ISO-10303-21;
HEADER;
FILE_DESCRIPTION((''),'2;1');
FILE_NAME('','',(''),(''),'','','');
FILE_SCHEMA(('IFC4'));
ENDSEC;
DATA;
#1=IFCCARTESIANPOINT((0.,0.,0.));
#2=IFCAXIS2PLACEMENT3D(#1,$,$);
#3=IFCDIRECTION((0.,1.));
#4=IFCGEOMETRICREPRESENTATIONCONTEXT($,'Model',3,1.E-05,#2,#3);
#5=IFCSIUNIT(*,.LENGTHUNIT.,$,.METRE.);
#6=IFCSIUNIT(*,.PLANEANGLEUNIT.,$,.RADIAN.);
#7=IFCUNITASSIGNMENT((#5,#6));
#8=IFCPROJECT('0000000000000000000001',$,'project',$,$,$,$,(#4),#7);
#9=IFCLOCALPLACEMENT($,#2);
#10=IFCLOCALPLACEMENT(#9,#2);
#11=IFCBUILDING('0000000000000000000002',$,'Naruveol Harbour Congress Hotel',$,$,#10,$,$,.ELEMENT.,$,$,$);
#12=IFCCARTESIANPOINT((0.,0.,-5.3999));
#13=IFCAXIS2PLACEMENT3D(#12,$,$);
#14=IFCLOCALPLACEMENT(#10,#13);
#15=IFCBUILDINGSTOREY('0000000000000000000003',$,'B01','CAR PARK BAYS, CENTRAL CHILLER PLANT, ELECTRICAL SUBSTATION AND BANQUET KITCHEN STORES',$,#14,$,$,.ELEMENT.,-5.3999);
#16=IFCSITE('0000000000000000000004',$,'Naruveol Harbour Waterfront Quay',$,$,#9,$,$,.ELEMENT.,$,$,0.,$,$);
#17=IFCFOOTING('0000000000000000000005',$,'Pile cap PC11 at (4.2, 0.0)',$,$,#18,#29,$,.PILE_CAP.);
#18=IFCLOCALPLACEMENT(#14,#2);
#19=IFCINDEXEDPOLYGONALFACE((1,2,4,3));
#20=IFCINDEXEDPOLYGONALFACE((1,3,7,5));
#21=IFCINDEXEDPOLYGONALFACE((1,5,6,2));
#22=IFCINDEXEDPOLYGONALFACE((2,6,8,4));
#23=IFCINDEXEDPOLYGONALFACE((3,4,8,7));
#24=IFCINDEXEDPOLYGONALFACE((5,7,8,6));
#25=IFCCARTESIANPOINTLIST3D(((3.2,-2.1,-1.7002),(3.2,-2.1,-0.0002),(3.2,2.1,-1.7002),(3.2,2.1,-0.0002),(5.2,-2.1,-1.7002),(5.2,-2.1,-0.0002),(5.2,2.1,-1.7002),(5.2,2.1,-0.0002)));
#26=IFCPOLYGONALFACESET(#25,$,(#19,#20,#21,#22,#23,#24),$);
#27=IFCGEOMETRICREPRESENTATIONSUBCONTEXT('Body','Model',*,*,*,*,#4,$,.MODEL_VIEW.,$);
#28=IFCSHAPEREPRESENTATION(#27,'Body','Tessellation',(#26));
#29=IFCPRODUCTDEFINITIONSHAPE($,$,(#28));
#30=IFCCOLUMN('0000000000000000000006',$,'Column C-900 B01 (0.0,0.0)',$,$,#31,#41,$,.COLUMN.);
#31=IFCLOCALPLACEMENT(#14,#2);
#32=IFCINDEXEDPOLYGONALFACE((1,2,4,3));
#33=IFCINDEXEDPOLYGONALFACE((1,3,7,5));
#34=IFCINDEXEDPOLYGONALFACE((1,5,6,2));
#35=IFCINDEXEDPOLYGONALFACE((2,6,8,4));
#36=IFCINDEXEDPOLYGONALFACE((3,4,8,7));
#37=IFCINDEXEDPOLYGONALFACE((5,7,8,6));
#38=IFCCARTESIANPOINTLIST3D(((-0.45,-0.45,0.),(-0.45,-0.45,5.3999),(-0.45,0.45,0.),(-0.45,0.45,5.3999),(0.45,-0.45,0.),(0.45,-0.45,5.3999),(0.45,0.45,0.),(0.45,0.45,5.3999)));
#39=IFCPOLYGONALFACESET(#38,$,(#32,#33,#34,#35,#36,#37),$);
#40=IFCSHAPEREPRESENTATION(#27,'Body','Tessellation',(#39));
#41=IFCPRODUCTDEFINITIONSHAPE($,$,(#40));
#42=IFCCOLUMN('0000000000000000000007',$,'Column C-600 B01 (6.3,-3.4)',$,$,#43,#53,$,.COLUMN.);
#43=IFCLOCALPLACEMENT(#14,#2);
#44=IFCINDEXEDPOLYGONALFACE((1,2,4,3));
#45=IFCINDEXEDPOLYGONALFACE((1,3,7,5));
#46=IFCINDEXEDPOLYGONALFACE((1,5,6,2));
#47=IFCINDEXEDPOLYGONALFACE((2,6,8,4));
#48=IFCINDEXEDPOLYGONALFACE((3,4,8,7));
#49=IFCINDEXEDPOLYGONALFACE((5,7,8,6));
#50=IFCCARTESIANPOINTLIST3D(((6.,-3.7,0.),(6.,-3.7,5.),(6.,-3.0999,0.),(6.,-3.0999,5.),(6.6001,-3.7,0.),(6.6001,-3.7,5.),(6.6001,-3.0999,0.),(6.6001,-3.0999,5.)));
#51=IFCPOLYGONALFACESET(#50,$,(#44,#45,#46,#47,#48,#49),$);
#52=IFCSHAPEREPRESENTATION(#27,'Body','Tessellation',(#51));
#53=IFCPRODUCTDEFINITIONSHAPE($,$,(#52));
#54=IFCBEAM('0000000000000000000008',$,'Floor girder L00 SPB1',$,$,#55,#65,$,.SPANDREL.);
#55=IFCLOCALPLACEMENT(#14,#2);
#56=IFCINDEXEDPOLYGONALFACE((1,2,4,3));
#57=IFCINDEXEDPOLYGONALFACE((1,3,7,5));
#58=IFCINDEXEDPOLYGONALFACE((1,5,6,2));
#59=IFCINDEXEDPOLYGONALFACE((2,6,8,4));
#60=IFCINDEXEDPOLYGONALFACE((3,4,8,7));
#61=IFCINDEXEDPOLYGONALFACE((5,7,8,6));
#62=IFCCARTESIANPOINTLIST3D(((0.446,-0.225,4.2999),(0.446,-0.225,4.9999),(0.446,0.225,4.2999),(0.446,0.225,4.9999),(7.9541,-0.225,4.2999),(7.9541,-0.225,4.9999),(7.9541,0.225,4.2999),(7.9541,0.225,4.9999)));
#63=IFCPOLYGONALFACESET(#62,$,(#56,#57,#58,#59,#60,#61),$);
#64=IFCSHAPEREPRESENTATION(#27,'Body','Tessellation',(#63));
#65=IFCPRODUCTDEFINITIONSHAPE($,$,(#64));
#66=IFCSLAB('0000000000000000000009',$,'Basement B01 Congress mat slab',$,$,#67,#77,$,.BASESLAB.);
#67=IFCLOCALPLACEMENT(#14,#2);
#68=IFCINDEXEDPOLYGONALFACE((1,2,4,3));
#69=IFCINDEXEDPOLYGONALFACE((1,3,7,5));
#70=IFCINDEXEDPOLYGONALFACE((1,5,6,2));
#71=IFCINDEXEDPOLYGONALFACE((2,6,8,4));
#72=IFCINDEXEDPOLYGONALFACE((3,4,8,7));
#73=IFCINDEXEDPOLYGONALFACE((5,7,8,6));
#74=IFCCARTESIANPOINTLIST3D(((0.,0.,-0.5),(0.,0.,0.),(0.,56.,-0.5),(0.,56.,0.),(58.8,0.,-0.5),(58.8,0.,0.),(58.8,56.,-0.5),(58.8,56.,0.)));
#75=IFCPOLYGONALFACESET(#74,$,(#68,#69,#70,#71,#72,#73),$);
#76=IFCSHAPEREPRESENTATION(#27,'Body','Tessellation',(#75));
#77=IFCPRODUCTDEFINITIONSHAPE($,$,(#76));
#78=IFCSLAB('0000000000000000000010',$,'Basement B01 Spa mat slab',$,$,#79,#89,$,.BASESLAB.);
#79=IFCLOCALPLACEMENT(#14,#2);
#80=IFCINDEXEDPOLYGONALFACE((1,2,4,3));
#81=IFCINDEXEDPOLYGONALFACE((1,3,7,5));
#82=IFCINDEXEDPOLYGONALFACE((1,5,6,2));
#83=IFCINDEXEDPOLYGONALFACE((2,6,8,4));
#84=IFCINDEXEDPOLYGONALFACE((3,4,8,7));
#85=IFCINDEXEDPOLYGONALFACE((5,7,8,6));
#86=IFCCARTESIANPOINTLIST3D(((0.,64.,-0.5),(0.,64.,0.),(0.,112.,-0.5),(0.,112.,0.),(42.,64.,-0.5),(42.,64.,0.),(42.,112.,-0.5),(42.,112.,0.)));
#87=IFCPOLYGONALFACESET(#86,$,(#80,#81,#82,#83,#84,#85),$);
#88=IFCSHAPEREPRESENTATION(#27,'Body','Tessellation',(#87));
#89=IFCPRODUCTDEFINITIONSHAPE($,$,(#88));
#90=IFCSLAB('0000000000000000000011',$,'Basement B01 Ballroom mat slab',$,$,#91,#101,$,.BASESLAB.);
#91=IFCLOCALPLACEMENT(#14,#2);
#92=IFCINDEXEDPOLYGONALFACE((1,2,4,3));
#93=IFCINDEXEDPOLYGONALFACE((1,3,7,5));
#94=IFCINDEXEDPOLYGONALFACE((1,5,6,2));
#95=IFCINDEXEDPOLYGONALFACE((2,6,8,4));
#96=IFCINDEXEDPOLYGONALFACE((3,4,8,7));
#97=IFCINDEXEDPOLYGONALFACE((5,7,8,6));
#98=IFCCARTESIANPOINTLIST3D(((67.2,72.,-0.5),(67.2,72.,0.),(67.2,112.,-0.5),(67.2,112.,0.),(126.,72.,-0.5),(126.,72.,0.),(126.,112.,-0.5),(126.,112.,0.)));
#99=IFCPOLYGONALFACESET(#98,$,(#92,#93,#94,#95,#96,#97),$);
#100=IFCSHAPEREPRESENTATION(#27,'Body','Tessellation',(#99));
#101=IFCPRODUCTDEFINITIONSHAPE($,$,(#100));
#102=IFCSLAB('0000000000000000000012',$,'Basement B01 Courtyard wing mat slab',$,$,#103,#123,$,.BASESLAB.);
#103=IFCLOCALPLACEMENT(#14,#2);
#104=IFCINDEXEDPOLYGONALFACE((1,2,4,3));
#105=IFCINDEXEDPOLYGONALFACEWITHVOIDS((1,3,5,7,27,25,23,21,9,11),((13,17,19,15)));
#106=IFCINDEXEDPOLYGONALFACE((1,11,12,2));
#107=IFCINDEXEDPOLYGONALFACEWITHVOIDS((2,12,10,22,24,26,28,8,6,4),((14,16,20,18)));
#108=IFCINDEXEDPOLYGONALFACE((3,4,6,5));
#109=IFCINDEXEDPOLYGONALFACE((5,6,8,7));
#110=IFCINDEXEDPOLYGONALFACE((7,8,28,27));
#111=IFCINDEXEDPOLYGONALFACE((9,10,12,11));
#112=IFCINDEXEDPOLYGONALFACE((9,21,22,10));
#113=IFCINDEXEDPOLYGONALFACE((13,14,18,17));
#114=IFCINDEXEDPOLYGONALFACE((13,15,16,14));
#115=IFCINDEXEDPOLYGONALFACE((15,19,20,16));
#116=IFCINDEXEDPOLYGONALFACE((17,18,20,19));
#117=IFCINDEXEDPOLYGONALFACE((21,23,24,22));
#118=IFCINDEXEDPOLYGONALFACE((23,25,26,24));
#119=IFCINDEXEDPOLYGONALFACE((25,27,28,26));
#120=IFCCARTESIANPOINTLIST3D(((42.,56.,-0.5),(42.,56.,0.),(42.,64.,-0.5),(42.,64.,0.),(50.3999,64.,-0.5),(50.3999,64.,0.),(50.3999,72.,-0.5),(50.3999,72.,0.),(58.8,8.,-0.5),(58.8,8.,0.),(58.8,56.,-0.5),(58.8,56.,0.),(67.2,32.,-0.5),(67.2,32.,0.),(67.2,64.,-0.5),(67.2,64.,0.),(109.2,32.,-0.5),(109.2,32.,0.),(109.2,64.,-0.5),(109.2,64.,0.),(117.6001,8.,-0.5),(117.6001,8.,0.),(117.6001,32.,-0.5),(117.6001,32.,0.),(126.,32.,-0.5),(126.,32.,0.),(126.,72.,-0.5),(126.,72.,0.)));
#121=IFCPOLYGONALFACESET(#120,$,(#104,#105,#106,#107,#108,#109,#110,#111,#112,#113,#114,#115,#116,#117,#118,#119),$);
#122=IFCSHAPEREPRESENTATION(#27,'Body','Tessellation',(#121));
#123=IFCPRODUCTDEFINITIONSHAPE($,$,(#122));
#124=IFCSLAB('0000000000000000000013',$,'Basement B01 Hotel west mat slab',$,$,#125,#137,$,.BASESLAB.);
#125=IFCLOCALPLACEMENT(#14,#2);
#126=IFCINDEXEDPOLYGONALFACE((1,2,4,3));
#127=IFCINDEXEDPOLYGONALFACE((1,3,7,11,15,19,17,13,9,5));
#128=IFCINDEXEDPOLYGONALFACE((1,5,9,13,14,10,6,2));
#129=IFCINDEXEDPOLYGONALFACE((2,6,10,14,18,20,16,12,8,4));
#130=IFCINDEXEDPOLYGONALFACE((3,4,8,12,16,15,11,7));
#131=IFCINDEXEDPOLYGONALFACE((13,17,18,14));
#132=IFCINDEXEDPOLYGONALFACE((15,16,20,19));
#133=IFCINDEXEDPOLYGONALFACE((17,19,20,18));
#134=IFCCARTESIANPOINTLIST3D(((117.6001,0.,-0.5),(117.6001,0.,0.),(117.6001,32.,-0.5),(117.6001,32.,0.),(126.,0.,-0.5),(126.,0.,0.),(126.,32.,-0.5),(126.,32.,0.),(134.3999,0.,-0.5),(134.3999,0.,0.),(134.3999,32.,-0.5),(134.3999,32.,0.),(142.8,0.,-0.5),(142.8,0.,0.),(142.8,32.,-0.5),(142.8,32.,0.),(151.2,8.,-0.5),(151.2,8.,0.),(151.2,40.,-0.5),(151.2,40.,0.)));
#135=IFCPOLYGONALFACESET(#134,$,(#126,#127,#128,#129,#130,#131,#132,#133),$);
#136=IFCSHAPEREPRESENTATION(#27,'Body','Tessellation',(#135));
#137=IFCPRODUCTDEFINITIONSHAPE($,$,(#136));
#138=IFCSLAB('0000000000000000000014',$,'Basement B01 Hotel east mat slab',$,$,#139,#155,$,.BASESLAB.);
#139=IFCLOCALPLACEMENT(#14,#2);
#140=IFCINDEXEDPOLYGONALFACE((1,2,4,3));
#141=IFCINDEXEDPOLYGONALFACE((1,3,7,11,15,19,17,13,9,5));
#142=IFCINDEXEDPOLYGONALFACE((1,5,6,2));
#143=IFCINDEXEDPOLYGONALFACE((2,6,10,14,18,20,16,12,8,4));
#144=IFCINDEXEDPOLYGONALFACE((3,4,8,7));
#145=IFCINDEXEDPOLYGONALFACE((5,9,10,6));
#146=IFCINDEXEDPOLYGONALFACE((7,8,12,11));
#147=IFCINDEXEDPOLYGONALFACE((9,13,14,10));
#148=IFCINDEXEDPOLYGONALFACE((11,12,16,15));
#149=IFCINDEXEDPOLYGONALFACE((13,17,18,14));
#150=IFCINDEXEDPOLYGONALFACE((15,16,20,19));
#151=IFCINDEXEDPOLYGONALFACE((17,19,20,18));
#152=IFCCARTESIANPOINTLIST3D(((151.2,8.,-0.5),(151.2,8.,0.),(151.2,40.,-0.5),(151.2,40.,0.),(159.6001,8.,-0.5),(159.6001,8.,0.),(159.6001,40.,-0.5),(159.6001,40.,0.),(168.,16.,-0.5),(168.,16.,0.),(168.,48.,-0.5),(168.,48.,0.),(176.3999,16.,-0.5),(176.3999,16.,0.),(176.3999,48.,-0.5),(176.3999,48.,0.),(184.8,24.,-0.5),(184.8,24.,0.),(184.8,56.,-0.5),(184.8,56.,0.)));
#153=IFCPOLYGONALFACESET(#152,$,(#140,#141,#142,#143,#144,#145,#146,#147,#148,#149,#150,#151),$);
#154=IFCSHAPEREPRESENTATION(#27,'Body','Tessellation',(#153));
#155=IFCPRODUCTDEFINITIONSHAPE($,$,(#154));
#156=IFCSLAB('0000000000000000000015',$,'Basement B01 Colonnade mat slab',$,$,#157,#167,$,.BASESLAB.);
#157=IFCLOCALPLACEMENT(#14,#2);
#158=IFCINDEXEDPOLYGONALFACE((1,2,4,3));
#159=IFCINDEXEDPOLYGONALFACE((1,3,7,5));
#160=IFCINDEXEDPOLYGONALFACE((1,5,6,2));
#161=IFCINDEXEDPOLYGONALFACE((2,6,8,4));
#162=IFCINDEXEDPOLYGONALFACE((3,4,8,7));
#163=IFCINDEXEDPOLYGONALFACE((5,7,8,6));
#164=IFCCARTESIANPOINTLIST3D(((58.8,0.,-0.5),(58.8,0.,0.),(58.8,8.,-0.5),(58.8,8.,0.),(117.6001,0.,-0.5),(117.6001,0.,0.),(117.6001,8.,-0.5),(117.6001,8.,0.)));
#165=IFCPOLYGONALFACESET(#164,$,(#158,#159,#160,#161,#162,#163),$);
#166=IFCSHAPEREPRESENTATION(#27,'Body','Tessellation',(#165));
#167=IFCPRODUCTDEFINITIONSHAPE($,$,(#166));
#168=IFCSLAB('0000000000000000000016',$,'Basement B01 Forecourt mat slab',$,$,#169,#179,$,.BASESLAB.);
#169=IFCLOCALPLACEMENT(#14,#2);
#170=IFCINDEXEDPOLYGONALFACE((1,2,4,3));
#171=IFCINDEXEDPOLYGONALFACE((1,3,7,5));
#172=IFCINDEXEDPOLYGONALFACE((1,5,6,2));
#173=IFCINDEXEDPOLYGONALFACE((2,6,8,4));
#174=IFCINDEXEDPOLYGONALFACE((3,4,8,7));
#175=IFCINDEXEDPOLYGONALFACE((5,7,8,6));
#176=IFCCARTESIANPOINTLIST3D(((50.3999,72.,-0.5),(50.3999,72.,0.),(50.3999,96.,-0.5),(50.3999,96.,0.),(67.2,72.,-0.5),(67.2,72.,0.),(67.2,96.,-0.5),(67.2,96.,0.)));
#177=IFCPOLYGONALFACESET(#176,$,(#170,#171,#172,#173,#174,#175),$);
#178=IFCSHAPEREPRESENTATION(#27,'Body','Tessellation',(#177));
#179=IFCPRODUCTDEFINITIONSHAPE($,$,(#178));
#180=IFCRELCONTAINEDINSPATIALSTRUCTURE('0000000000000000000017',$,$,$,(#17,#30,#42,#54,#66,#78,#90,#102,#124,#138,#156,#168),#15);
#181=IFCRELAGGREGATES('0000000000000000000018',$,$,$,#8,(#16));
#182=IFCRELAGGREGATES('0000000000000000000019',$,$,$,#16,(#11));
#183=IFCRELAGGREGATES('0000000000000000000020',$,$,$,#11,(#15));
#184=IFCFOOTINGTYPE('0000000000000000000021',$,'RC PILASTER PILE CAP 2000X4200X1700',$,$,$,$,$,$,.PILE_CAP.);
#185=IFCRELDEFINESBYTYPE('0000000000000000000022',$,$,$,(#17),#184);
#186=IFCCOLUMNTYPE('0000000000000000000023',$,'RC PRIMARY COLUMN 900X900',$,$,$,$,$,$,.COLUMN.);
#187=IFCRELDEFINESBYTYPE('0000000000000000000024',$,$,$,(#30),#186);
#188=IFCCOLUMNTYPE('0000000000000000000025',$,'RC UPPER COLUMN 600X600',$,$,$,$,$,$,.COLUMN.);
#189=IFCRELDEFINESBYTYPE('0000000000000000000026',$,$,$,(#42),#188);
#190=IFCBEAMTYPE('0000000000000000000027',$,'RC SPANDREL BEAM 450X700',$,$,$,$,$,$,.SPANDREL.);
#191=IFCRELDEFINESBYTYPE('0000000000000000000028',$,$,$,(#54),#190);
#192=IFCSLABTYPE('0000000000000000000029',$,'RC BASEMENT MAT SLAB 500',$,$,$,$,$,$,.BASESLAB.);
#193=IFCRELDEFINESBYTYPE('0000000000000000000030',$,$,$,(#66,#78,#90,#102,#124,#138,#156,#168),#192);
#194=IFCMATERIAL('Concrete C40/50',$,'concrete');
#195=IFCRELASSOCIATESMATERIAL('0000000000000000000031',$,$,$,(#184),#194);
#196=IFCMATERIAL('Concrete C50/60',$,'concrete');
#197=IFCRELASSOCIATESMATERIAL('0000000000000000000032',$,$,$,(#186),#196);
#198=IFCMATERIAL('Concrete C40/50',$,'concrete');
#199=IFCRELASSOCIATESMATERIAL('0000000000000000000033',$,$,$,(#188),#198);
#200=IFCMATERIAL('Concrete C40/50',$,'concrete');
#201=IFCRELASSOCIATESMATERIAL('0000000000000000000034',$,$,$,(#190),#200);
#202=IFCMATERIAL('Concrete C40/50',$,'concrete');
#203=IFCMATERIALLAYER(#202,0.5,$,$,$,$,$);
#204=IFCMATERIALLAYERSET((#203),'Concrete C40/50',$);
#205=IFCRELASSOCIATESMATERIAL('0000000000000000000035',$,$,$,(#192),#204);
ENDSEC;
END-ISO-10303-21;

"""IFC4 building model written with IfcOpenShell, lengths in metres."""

from ifc_helpers import new_model, si_unit, direction, frame, origin, origin_with_axes, origin_2d, place, context, subcontext, project, spatial, polyline, rectangle, outline, extrude, material, layer, layer_set, material_profile, profile_set, type_object, element, save


model = new_model("IFC4")

# Units and contexts
model_context = context("Model", 3, precision=1e-05, world=origin(), true_north=direction((0.0, 1.0)))
body_context = subcontext(model_context, "Body", "Model", "MODEL_VIEW")
ifc_project = project(units=[si_unit("LENGTHUNIT", "METRE"), si_unit("PLANEANGLEUNIT", "RADIAN")], contexts=[model_context])

# Site, building, storey
site_placement = place(None, origin())
site = spatial("IfcSite", under=ifc_project, at=site_placement, Name="Naruveol Harbour Waterfront Quay", CompositionType="ELEMENT", RefElevation=0.0)
building_placement = place(site_placement, origin())
building = spatial("IfcBuilding", under=site, at=building_placement, Name="Naruveol Harbour Congress Hotel", CompositionType="ELEMENT")
storey_placement = place(building_placement, frame((0.0, 0.0, -5.3999)))
storey = spatial("IfcBuildingStorey", under=building, at=storey_placement, Name="B01", Description="CAR PARK BAYS, CENTRAL CHILLER PLANT, ELECTRICAL SUBSTATION AND BANQUET KITCHEN STORES", CompositionType="ELEMENT", Elevation=-5.3999)

# Footing
ifc_material_1 = material(Name="Concrete C40/50", Category="concrete")
footing_type_1 = type_object("IfcFootingType", Name="RC PILASTER PILE CAP 2000X4200X1700", PredefinedType="PILE_CAP", material=ifc_material_1)
footing_1_placement = place(storey_placement, frame((4.2, 0.0, -1.7002), z_axis=(0.0, 0.0, 1.0), x_axis=(1.0, 0.0, 0.0)))
element("IfcFooting", 1, at=footing_1_placement, inside=storey, type_object=footing_type_1, Name="Pile cap PC11 at (4.2, 0.0)", PredefinedType="PILE_CAP", context=body_context, shape_type="SweptSolid", body=[
    extrude(rectangle(XDim=2.0, YDim=4.2, at=origin_2d()), origin(), (0.0, 0.0, 1.0), 1.7),
])

# Columns
ifc_material_2 = material(Name="Concrete C50/60", Category="concrete")
ifc_material_profile_1 = material_profile(ifc_material_2, rectangle(XDim=0.8999, YDim=0.8999, at=origin_2d()), Name="RC-900x900")
ifc_profile_set_1 = profile_set([ifc_material_profile_1], Name="Concrete C50/60")
column_type_1 = type_object("IfcColumnType", Name="RC PRIMARY COLUMN 900X900", PredefinedType="COLUMN", material=ifc_profile_set_1)
column_1_placement = place(storey_placement, origin_with_axes())
element("IfcColumn", 2, at=column_1_placement, inside=storey, type_object=column_type_1, Name="Column C-900 B01 (0.0,0.0)", PredefinedType="COLUMN", context=body_context, shape_type="SweptSolid", body=[
    extrude(rectangle(XDim=0.8999, YDim=0.8999, at=origin_2d()), origin(), (0.0, 0.0, 1.0), 5.3999),
])
ifc_material_3 = material(Name="Concrete C40/50", Category="concrete")
ifc_material_profile_2 = material_profile(ifc_material_3, rectangle(XDim=0.6001, YDim=0.6001, at=origin_2d()), Name="RC-600x600")
ifc_profile_set_2 = profile_set([ifc_material_profile_2], Name="Concrete C40/50")
column_type_2 = type_object("IfcColumnType", Name="RC UPPER COLUMN 600X600", PredefinedType="COLUMN", material=ifc_profile_set_2)
column_2_placement = place(storey_placement, frame((6.3, -3.3999, 0.0), z_axis=(0.0, 0.0, 1.0), x_axis=(1.0, 0.0, 0.0)))
element("IfcColumn", 3, at=column_2_placement, inside=storey, type_object=column_type_2, Name="Column C-600 B01 (6.3,-3.4)", PredefinedType="COLUMN", context=body_context, shape_type="SweptSolid", body=[
    extrude(rectangle(XDim=0.6001, YDim=0.6001, at=origin_2d()), origin(), (0.0, 0.0, 1.0), 5.0),
])

# Beam
ifc_material_4 = material(Name="Concrete C40/50", Category="concrete")
ifc_material_profile_3 = material_profile(ifc_material_4, rectangle(XDim=0.45, YDim=0.7, at=origin_2d()), Name="RCB-450x700")
ifc_profile_set_3 = profile_set([ifc_material_profile_3], Name="Concrete C40/50")
beam_type = type_object("IfcBeamType", Name="RC SPANDREL BEAM 450X700", PredefinedType="SPANDREL", material=ifc_profile_set_3)
beam_placement = place(storey_placement, frame((0.446, 0.0, 4.6499), z_axis=(1.0, 0.0, 0.0), x_axis=(0.0, 1.0, 0.0)))
element("IfcBeam", 4, at=beam_placement, inside=storey, type_object=beam_type, Name="Floor girder L00 SPB1", PredefinedType="SPANDREL", context=body_context, shape_type="SweptSolid", body=[
    extrude(rectangle(XDim=0.45, YDim=0.7, at=origin_2d()), origin(), (0.0, 0.0, 1.0), 7.5081),
])

# Slabs
ifc_material_5 = material(Name="Concrete C40/50", Category="concrete")
ifc_layer_1 = layer(ifc_material_5, 0.5)
ifc_layer_set_1 = layer_set([ifc_layer_1], Name="Concrete C40/50")
slab_type_1 = type_object("IfcSlabType", Name="RC BASEMENT MAT SLAB 500", PredefinedType="BASESLAB", material=ifc_layer_set_1)
slab_1_placement = place(storey_placement, frame((0.0, 0.0, -0.5)))
element("IfcSlab", 5, at=slab_1_placement, inside=storey, type_object=slab_type_1, Name="Basement B01 Congress mat slab", PredefinedType="BASESLAB", context=body_context, shape_type="SweptSolid", body=[
    extrude(outline(polyline([(0.0, 0.0), (58.8, 0.0), (58.8, 56.0), (0.0, 56.0), (0.0, 0.0)])), origin(), (0.0, 0.0, 1.0), 0.5),
])
slab_2_placement = place(storey_placement, frame((0.0, 0.0, -0.5)))
element("IfcSlab", 6, at=slab_2_placement, inside=storey, type_object=slab_type_1, Name="Basement B01 Spa mat slab", PredefinedType="BASESLAB", context=body_context, shape_type="SweptSolid", body=[
    extrude(outline(polyline([(0.0, 64.0), (42.0, 64.0), (42.0, 112.0), (0.0, 112.0), (0.0, 64.0)])), origin(), (0.0, 0.0, 1.0), 0.5),
])
slab_3_placement = place(storey_placement, frame((0.0, 0.0, -0.5)))
element("IfcSlab", 7, at=slab_3_placement, inside=storey, type_object=slab_type_1, Name="Basement B01 Ballroom mat slab", PredefinedType="BASESLAB", context=body_context, shape_type="SweptSolid", body=[
    extrude(outline(polyline([(67.2, 72.0), (126.0, 72.0), (126.0, 112.0), (67.2, 112.0), (67.2, 72.0)])), origin(), (0.0, 0.0, 1.0), 0.5),
])
slab_4_placement = place(storey_placement, frame((0.0, 0.0, -0.5)))
element("IfcSlab", 8, at=slab_4_placement, inside=storey, type_object=slab_type_1, Name="Basement B01 Courtyard wing mat slab", PredefinedType="BASESLAB", context=body_context, shape_type="SweptSolid", body=[
    extrude(outline(polyline([(58.8, 8.0), (117.6001, 8.0), (117.6001, 32.0), (126.0, 32.0), (126.0, 72.0), (50.3999, 72.0), (50.3999, 64.0), (42.0, 64.0), (42.0, 56.0), (58.8, 56.0), (58.8, 8.0)]), holes=[polyline([(67.2, 32.0), (109.2, 32.0), (109.2, 64.0), (67.2, 64.0), (67.2, 32.0)])]), origin(), (0.0, 0.0, 1.0), 0.5),
])
slab_5_placement = place(storey_placement, frame((0.0, 0.0, -0.5)))
element("IfcSlab", 9, at=slab_5_placement, inside=storey, type_object=slab_type_1, Name="Basement B01 Hotel west mat slab", PredefinedType="BASESLAB", context=body_context, shape_type="SweptSolid", body=[
    extrude(outline(polyline([(117.6001, 0.0), (126.0, 0.0), (134.3999, 0.0), (142.8, 0.0), (151.2, 8.0), (151.2, 40.0), (142.8, 32.0), (134.3999, 32.0), (126.0, 32.0), (117.6001, 32.0), (117.6001, 0.0)])), origin(), (0.0, 0.0, 1.0), 0.5),
])
slab_6_placement = place(storey_placement, frame((0.0, 0.0, -0.5)))
element("IfcSlab", 10, at=slab_6_placement, inside=storey, type_object=slab_type_1, Name="Basement B01 Hotel east mat slab", PredefinedType="BASESLAB", context=body_context, shape_type="SweptSolid", body=[
    extrude(outline(polyline([(151.2, 8.0), (159.6001, 8.0), (168.0, 16.0), (176.3999, 16.0), (184.8, 24.0), (184.8, 56.0), (176.3999, 48.0), (168.0, 48.0), (159.6001, 40.0), (151.2, 40.0), (151.2, 8.0)])), origin(), (0.0, 0.0, 1.0), 0.5),
])
slab_7_placement = place(storey_placement, frame((0.0, 0.0, -0.5)))
element("IfcSlab", 11, at=slab_7_placement, inside=storey, type_object=slab_type_1, Name="Basement B01 Colonnade mat slab", PredefinedType="BASESLAB", context=body_context, shape_type="SweptSolid", body=[
    extrude(outline(polyline([(58.8, 0.0), (117.6001, 0.0), (117.6001, 8.0), (58.8, 8.0), (58.8, 0.0)])), origin(), (0.0, 0.0, 1.0), 0.5),
])
slab_8_placement = place(storey_placement, frame((0.0, 0.0, -0.5)))
element("IfcSlab", 12, at=slab_8_placement, inside=storey, type_object=slab_type_1, Name="Basement B01 Forecourt mat slab", PredefinedType="BASESLAB", context=body_context, shape_type="SweptSolid", body=[
    extrude(outline(polyline([(50.3999, 72.0), (67.2, 72.0), (67.2, 96.0), (50.3999, 96.0), (50.3999, 72.0)])), origin(), (0.0, 0.0, 1.0), 0.5),
])

save(model, "model.ifc")
